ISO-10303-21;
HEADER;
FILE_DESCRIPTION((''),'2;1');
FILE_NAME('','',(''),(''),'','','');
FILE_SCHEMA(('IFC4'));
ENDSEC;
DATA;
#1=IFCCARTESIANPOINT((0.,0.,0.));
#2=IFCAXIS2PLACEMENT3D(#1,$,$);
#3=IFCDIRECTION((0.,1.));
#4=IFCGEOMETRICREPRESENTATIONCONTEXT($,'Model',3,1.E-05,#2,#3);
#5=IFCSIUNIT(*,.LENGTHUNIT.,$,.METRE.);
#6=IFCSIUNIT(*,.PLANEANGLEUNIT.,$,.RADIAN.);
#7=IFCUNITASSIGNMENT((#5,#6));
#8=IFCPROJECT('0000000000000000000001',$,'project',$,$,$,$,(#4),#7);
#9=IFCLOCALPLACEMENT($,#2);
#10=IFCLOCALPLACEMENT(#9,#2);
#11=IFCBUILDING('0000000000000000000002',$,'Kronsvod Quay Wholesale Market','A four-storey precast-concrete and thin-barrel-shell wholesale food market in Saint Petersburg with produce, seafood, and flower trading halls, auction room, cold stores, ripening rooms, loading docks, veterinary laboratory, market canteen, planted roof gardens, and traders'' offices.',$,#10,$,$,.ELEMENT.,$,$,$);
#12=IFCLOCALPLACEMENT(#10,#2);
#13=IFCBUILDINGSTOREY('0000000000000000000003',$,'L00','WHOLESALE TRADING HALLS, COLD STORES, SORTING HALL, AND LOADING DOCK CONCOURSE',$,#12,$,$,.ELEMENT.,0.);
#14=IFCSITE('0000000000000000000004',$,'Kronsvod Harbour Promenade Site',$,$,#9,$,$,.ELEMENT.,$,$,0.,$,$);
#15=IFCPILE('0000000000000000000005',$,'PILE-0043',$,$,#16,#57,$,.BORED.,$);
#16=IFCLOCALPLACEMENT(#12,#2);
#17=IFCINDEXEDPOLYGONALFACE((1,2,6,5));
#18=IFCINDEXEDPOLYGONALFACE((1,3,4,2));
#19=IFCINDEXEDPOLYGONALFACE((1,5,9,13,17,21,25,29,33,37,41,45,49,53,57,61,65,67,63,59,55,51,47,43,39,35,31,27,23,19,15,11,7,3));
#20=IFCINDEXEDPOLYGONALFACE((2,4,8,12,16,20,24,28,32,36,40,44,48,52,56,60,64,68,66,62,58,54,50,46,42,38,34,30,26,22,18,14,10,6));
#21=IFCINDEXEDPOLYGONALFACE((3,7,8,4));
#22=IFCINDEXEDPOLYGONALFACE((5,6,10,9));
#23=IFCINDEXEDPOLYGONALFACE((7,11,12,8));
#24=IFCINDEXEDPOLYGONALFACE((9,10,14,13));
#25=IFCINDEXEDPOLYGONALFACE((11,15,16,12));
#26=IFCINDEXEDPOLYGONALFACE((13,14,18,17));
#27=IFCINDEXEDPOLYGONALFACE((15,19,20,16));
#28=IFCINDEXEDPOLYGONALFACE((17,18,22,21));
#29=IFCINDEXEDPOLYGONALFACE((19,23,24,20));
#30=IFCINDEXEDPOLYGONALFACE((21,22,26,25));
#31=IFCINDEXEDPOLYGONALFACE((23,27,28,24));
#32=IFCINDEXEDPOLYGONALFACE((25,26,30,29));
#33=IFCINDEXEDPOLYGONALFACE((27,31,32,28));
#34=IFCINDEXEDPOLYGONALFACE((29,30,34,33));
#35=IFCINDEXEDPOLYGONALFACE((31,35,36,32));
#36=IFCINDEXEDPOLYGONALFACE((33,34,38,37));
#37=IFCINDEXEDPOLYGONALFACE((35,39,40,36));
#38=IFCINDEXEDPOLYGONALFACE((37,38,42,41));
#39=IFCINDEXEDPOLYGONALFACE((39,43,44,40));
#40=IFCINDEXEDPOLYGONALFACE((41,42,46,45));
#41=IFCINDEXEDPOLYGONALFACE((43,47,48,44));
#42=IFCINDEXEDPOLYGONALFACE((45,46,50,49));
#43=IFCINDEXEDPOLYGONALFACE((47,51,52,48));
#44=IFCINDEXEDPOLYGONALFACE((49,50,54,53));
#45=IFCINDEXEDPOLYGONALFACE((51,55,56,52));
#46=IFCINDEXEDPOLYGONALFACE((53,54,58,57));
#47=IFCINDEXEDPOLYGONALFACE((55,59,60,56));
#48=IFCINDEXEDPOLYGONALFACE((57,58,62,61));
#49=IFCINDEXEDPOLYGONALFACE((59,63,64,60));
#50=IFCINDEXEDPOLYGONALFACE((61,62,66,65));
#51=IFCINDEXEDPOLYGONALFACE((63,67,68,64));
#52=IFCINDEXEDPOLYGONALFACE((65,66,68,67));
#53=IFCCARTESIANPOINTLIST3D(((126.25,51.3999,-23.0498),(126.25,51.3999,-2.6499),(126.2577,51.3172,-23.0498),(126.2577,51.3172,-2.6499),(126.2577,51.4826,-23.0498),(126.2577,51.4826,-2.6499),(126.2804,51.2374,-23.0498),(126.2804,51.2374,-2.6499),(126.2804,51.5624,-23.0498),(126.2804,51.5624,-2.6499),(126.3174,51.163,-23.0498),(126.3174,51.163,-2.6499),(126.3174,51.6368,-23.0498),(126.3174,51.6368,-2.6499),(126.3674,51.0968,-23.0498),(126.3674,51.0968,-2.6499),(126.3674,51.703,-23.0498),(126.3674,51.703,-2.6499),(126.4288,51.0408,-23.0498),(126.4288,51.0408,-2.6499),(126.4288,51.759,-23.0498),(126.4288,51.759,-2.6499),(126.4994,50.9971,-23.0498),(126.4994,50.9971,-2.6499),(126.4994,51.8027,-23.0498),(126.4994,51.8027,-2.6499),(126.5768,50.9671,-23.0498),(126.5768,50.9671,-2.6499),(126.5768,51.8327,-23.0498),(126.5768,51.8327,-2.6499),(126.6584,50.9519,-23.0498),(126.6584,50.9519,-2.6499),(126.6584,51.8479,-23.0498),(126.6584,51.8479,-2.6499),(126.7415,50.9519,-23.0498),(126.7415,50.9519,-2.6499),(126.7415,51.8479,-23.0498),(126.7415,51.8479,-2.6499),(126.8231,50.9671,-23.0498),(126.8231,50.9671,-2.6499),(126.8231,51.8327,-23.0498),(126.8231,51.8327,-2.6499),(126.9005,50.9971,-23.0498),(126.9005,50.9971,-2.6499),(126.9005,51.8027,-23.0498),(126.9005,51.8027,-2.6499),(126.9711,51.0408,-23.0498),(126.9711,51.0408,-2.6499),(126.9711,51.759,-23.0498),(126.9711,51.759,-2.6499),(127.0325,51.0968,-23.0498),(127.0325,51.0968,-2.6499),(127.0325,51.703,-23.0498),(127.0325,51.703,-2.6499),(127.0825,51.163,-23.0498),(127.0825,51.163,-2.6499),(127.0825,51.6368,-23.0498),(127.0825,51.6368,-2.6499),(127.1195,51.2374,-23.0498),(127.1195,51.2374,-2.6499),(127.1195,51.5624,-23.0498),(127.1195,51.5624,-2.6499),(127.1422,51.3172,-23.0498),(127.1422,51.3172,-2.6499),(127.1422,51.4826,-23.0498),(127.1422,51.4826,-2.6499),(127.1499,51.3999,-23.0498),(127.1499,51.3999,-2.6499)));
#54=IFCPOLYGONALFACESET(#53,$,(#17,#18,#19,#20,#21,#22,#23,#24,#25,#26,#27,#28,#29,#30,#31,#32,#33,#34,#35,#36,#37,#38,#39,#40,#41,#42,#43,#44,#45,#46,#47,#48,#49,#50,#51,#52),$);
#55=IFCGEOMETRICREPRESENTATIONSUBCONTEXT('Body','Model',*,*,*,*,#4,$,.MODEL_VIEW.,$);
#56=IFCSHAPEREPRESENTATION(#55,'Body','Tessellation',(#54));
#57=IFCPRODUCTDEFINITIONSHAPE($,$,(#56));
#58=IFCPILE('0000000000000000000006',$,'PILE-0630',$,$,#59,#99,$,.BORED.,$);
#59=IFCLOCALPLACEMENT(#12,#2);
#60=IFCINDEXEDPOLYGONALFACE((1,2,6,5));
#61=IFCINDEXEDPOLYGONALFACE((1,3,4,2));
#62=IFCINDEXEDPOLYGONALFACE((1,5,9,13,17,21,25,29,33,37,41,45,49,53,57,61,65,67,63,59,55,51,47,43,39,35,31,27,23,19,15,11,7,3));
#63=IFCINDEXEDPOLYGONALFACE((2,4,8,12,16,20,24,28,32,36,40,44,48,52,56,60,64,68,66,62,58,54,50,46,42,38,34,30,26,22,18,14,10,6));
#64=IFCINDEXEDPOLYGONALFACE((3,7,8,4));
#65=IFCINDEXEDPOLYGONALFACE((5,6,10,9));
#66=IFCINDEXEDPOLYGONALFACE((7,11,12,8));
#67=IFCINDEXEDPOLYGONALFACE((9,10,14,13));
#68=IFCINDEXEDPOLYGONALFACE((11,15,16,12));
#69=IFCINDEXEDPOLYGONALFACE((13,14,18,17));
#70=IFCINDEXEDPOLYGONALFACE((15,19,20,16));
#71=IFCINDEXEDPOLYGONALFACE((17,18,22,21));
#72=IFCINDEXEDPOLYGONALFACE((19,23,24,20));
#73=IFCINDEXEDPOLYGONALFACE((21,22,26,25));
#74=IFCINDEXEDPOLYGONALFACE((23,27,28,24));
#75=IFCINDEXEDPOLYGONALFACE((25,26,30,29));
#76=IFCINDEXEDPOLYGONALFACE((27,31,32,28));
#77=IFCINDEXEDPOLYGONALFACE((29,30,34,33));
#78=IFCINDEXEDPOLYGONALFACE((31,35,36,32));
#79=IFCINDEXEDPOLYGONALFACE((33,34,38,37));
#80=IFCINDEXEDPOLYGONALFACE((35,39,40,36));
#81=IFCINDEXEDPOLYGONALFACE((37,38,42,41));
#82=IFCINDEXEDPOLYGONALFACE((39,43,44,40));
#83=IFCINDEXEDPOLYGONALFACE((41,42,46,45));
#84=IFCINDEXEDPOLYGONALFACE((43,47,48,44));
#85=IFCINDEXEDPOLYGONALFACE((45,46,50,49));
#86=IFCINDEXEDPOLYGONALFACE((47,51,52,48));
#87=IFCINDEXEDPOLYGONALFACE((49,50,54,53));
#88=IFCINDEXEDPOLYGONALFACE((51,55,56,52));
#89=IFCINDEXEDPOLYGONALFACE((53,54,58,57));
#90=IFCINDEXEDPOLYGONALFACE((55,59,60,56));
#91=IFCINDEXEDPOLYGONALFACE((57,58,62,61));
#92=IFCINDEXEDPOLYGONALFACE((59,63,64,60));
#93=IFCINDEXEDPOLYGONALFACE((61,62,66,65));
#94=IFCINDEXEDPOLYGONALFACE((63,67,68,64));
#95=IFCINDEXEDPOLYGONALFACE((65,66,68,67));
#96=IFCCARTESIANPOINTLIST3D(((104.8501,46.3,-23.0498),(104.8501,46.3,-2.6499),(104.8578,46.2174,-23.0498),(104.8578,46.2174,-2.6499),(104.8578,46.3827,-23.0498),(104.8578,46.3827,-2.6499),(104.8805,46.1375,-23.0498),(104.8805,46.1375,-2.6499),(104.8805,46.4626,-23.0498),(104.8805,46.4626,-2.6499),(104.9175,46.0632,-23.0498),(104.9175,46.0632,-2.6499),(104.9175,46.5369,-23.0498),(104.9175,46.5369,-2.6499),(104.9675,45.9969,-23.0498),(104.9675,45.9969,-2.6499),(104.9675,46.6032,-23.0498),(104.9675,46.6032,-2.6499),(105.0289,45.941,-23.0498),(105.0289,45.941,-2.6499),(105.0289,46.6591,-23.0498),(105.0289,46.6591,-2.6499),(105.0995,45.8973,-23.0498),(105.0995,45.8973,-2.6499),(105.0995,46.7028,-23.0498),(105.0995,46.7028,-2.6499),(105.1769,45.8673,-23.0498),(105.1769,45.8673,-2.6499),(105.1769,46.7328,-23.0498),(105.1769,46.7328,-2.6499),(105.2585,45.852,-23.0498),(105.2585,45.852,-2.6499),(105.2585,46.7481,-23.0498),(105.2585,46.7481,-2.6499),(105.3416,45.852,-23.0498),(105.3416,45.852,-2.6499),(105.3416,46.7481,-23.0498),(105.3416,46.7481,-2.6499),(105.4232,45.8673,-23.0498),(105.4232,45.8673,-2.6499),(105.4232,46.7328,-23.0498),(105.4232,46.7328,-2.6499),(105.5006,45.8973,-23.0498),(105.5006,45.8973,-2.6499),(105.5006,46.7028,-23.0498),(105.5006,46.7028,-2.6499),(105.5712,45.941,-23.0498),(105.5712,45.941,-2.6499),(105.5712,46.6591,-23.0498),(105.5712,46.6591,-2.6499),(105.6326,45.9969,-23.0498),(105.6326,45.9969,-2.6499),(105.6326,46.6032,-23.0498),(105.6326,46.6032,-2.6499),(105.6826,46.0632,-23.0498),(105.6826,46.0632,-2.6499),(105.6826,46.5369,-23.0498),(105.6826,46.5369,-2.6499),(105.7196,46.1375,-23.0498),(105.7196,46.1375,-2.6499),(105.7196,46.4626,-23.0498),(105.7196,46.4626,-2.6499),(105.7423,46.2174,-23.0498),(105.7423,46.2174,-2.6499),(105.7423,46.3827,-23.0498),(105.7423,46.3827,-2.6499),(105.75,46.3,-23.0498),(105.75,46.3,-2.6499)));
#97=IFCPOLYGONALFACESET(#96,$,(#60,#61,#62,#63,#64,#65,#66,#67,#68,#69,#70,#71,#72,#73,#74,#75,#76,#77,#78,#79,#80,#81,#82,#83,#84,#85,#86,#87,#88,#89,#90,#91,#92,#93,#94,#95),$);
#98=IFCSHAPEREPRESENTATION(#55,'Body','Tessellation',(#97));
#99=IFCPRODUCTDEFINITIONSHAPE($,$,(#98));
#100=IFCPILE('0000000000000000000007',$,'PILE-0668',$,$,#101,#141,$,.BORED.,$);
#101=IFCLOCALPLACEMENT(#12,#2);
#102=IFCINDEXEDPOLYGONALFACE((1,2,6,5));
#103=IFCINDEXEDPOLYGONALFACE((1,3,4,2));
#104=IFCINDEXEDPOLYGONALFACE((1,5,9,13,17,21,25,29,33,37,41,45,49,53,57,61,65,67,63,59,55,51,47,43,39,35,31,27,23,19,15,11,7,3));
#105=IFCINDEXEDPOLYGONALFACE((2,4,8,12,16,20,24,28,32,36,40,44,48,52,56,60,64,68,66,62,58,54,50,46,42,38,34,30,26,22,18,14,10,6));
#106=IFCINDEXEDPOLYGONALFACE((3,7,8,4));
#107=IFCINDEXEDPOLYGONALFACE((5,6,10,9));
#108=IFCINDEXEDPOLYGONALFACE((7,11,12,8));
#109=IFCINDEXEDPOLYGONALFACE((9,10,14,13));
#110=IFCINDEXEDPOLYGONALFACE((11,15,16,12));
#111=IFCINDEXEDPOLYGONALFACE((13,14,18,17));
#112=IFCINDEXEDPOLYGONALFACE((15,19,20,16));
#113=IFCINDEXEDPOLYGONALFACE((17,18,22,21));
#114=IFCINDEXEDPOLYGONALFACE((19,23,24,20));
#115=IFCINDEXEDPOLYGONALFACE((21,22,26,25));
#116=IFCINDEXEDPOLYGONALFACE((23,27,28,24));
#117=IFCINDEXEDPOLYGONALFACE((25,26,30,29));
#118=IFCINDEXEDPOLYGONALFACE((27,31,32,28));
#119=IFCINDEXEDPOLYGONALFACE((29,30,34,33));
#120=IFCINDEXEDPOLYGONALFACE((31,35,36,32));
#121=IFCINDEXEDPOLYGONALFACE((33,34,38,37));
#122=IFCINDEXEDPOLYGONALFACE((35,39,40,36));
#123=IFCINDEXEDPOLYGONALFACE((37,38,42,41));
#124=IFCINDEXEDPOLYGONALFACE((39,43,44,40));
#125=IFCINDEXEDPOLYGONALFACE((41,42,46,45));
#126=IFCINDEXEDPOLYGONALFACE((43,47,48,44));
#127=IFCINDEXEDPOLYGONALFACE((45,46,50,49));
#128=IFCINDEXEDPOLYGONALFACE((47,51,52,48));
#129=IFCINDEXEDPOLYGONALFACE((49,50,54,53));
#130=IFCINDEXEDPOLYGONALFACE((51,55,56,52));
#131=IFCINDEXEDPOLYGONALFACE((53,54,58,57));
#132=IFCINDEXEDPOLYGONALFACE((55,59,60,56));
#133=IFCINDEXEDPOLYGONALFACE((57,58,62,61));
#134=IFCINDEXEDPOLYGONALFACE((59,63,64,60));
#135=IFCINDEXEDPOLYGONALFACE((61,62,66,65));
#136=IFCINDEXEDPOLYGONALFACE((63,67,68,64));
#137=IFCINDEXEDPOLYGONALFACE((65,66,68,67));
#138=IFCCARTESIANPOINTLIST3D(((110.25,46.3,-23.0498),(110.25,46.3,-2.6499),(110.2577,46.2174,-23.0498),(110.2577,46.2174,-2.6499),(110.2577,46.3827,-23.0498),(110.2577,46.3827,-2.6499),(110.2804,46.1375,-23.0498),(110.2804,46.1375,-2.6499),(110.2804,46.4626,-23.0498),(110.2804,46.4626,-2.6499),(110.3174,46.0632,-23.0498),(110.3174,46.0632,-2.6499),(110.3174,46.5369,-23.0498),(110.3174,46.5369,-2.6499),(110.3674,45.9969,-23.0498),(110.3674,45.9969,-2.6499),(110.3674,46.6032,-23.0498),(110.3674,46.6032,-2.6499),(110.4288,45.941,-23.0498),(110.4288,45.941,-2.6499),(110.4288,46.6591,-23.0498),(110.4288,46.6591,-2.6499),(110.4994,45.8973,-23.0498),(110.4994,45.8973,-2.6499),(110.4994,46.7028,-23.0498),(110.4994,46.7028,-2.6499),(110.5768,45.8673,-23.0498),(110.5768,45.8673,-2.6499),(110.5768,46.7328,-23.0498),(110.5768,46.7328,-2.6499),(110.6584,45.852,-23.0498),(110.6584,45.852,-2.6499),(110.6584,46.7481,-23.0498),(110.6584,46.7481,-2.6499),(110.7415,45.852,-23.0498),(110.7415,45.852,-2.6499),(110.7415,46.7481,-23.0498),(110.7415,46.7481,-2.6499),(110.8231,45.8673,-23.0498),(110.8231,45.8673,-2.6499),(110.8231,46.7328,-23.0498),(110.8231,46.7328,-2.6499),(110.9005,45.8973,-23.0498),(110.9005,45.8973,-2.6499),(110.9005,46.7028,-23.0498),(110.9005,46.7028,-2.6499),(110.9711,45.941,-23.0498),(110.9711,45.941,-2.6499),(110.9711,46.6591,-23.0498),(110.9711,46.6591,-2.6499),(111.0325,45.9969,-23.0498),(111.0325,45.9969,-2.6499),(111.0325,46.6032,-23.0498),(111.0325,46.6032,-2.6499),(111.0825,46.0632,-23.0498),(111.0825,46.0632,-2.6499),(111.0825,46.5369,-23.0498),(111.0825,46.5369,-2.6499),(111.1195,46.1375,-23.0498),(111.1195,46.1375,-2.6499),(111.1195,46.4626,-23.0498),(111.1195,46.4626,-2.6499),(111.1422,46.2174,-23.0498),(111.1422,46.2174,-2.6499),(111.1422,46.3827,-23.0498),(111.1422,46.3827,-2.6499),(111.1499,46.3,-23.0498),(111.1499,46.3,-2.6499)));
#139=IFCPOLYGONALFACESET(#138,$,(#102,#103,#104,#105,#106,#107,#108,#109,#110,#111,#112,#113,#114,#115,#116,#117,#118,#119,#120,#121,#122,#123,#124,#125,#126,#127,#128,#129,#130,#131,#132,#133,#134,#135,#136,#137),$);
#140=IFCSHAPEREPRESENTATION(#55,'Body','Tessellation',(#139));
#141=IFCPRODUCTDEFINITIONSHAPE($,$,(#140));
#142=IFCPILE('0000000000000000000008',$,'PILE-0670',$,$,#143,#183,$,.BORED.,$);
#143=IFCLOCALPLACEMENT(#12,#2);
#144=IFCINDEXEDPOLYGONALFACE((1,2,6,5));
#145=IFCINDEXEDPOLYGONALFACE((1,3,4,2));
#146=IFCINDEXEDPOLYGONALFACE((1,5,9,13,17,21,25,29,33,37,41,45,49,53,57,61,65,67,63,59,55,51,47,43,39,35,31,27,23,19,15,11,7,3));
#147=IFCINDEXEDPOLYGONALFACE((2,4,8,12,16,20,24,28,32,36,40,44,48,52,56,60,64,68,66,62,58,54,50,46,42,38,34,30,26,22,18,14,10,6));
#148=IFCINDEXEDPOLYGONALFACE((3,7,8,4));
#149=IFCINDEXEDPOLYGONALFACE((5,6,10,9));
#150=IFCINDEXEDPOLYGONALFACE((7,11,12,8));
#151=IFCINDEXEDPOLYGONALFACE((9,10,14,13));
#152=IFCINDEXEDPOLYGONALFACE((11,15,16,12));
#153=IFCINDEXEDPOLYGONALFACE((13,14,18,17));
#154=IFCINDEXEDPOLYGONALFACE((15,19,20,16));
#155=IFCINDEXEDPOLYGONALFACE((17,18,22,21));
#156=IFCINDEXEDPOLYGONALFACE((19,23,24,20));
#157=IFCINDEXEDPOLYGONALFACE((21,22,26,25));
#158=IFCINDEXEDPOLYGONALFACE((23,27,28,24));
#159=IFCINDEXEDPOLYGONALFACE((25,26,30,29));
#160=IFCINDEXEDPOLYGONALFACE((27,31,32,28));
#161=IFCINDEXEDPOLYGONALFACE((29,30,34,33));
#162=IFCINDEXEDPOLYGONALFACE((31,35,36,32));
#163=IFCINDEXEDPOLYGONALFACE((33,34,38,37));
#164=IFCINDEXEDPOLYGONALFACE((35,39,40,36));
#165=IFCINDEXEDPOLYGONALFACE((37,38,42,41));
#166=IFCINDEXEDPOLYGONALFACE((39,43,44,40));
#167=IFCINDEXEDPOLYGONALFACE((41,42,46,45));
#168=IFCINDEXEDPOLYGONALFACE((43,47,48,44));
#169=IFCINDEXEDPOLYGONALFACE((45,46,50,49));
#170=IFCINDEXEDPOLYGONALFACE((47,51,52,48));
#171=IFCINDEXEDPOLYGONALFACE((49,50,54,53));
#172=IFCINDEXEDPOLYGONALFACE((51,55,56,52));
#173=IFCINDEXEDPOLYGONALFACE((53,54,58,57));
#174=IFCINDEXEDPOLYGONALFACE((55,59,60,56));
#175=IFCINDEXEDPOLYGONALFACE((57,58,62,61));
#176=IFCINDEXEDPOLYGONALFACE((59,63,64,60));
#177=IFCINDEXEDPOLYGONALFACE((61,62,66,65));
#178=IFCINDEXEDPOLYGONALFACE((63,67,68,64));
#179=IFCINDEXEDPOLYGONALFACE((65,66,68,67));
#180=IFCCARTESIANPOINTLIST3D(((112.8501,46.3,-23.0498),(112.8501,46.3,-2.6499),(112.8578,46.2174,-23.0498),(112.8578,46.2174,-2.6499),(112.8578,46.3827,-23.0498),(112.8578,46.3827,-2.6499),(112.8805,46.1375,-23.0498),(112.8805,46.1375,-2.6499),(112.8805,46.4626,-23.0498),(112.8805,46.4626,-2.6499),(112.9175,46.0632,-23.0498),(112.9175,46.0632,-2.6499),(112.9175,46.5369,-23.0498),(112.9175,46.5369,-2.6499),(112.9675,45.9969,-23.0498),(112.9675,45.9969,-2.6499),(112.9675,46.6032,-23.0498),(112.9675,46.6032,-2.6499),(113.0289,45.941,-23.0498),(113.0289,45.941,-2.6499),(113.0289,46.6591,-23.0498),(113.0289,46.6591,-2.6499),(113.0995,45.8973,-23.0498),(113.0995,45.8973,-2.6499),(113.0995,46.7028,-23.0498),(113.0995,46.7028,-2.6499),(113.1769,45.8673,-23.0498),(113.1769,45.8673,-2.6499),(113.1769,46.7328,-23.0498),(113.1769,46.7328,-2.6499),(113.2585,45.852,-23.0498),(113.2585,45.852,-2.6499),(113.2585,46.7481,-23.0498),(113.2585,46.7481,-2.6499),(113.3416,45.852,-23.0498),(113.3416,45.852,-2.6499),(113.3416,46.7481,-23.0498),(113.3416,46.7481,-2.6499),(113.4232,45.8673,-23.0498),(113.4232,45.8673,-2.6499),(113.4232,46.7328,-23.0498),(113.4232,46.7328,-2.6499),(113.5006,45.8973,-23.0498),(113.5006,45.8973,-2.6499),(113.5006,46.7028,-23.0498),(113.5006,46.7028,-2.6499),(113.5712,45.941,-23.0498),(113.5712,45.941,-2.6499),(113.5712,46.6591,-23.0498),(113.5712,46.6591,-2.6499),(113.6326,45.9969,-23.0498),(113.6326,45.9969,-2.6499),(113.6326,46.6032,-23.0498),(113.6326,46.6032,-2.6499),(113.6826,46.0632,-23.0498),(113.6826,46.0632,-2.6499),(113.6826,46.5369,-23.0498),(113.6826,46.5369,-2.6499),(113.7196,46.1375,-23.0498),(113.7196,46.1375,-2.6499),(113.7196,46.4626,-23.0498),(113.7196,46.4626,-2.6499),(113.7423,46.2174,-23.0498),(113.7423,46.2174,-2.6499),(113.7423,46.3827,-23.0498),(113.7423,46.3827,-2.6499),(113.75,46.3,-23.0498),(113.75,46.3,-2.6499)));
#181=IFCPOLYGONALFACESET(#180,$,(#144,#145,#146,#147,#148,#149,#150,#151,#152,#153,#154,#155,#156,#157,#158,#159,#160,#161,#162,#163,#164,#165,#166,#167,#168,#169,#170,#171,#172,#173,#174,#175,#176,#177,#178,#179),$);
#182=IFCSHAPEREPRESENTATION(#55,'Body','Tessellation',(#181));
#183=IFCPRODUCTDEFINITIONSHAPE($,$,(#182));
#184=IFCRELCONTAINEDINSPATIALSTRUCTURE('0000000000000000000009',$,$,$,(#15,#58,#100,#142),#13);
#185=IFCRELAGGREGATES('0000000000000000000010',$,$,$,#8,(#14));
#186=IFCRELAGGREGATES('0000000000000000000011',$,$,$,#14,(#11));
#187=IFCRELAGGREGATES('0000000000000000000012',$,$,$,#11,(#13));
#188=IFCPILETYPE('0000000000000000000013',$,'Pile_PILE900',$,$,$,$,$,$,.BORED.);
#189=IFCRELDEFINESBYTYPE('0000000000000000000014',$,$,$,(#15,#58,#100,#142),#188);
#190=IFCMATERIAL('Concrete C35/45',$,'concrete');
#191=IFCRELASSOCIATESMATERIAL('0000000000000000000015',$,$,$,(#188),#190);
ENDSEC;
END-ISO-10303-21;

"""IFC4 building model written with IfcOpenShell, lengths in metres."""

from ifc_helpers import new_model, si_unit, direction, frame, origin, origin_2d, place, context, subcontext, project, spatial, circle, extrude, material, material_profile, profile_set, type_object, element, save


model = new_model("IFC4")

# Units and contexts
model_context = context("Model", 3, precision=1e-05, world=origin(), true_north=direction((0.0, 1.0)))
body_context = subcontext(model_context, "Body", "Model", "MODEL_VIEW")
ifc_project = project(units=[si_unit("LENGTHUNIT", "METRE"), si_unit("PLANEANGLEUNIT", "RADIAN")], contexts=[model_context])

# Site, building, storey
site_placement = place(None, origin())
site = spatial("IfcSite", under=ifc_project, at=site_placement, Name="Kronsvod Harbour Promenade Site", CompositionType="ELEMENT", RefElevation=0.0)
building_placement = place(site_placement, origin())
building = spatial("IfcBuilding", under=site, at=building_placement, Name="Kronsvod Quay Wholesale Market", Description="A four-storey precast-concrete and thin-barrel-shell wholesale food market in Saint Petersburg with produce, seafood, and flower trading halls, auction room, cold stores, ripening rooms, loading docks, veterinary laboratory, market canteen, planted roof gardens, and traders' offices.", CompositionType="ELEMENT")
storey_placement = place(building_placement, origin())
storey = spatial("IfcBuildingStorey", under=building, at=storey_placement, Name="L00", Description="WHOLESALE TRADING HALLS, COLD STORES, SORTING HALL, AND LOADING DOCK CONCOURSE", CompositionType="ELEMENT", Elevation=0.0)

# Piles
ifc_material_1 = material(Name="Concrete C35/45", Category="concrete")
ifc_material_profile_1 = material_profile(ifc_material_1, circle(Radius=0.45, at=origin_2d()), Name="PILE900")
ifc_profile_set_1 = profile_set([ifc_material_profile_1], Name="Concrete C35/45")
pile_type_1 = type_object("IfcPileType", Name="Pile_PILE900", PredefinedType="BORED", material=ifc_profile_set_1)
for number, where, z_axis, x_axis, name in (
    (1, (126.7, 51.3999, -2.6499), (0.0, 0.0, -1.0), (1.0, 0.0, 0.0), "PILE-0043"),
    (2, (105.3, 46.3, -2.6499), (0.0, 0.0, -1.0), (1.0, 0.0, 0.0), "PILE-0630"),
    (3, (110.7, 46.3, -2.6499), (0.0, 0.0, -1.0), (1.0, 0.0, 0.0), "PILE-0668"),
    (4, (113.3, 46.3, -2.6499), (0.0, 0.0, -1.0), (1.0, 0.0, 0.0), "PILE-0670"),
):
    element("IfcPile", number, at=place(storey_placement, frame(where, z_axis=z_axis, x_axis=x_axis)), inside=storey, type_object=pile_type_1, Name=name, PredefinedType="BORED", context=body_context, shape_type="SweptSolid", body=[
        extrude(circle(Radius=0.45, at=origin_2d()), origin(), (0.0, 0.0, 1.0), 20.3999),
    ])

save(model, "model.ifc")
